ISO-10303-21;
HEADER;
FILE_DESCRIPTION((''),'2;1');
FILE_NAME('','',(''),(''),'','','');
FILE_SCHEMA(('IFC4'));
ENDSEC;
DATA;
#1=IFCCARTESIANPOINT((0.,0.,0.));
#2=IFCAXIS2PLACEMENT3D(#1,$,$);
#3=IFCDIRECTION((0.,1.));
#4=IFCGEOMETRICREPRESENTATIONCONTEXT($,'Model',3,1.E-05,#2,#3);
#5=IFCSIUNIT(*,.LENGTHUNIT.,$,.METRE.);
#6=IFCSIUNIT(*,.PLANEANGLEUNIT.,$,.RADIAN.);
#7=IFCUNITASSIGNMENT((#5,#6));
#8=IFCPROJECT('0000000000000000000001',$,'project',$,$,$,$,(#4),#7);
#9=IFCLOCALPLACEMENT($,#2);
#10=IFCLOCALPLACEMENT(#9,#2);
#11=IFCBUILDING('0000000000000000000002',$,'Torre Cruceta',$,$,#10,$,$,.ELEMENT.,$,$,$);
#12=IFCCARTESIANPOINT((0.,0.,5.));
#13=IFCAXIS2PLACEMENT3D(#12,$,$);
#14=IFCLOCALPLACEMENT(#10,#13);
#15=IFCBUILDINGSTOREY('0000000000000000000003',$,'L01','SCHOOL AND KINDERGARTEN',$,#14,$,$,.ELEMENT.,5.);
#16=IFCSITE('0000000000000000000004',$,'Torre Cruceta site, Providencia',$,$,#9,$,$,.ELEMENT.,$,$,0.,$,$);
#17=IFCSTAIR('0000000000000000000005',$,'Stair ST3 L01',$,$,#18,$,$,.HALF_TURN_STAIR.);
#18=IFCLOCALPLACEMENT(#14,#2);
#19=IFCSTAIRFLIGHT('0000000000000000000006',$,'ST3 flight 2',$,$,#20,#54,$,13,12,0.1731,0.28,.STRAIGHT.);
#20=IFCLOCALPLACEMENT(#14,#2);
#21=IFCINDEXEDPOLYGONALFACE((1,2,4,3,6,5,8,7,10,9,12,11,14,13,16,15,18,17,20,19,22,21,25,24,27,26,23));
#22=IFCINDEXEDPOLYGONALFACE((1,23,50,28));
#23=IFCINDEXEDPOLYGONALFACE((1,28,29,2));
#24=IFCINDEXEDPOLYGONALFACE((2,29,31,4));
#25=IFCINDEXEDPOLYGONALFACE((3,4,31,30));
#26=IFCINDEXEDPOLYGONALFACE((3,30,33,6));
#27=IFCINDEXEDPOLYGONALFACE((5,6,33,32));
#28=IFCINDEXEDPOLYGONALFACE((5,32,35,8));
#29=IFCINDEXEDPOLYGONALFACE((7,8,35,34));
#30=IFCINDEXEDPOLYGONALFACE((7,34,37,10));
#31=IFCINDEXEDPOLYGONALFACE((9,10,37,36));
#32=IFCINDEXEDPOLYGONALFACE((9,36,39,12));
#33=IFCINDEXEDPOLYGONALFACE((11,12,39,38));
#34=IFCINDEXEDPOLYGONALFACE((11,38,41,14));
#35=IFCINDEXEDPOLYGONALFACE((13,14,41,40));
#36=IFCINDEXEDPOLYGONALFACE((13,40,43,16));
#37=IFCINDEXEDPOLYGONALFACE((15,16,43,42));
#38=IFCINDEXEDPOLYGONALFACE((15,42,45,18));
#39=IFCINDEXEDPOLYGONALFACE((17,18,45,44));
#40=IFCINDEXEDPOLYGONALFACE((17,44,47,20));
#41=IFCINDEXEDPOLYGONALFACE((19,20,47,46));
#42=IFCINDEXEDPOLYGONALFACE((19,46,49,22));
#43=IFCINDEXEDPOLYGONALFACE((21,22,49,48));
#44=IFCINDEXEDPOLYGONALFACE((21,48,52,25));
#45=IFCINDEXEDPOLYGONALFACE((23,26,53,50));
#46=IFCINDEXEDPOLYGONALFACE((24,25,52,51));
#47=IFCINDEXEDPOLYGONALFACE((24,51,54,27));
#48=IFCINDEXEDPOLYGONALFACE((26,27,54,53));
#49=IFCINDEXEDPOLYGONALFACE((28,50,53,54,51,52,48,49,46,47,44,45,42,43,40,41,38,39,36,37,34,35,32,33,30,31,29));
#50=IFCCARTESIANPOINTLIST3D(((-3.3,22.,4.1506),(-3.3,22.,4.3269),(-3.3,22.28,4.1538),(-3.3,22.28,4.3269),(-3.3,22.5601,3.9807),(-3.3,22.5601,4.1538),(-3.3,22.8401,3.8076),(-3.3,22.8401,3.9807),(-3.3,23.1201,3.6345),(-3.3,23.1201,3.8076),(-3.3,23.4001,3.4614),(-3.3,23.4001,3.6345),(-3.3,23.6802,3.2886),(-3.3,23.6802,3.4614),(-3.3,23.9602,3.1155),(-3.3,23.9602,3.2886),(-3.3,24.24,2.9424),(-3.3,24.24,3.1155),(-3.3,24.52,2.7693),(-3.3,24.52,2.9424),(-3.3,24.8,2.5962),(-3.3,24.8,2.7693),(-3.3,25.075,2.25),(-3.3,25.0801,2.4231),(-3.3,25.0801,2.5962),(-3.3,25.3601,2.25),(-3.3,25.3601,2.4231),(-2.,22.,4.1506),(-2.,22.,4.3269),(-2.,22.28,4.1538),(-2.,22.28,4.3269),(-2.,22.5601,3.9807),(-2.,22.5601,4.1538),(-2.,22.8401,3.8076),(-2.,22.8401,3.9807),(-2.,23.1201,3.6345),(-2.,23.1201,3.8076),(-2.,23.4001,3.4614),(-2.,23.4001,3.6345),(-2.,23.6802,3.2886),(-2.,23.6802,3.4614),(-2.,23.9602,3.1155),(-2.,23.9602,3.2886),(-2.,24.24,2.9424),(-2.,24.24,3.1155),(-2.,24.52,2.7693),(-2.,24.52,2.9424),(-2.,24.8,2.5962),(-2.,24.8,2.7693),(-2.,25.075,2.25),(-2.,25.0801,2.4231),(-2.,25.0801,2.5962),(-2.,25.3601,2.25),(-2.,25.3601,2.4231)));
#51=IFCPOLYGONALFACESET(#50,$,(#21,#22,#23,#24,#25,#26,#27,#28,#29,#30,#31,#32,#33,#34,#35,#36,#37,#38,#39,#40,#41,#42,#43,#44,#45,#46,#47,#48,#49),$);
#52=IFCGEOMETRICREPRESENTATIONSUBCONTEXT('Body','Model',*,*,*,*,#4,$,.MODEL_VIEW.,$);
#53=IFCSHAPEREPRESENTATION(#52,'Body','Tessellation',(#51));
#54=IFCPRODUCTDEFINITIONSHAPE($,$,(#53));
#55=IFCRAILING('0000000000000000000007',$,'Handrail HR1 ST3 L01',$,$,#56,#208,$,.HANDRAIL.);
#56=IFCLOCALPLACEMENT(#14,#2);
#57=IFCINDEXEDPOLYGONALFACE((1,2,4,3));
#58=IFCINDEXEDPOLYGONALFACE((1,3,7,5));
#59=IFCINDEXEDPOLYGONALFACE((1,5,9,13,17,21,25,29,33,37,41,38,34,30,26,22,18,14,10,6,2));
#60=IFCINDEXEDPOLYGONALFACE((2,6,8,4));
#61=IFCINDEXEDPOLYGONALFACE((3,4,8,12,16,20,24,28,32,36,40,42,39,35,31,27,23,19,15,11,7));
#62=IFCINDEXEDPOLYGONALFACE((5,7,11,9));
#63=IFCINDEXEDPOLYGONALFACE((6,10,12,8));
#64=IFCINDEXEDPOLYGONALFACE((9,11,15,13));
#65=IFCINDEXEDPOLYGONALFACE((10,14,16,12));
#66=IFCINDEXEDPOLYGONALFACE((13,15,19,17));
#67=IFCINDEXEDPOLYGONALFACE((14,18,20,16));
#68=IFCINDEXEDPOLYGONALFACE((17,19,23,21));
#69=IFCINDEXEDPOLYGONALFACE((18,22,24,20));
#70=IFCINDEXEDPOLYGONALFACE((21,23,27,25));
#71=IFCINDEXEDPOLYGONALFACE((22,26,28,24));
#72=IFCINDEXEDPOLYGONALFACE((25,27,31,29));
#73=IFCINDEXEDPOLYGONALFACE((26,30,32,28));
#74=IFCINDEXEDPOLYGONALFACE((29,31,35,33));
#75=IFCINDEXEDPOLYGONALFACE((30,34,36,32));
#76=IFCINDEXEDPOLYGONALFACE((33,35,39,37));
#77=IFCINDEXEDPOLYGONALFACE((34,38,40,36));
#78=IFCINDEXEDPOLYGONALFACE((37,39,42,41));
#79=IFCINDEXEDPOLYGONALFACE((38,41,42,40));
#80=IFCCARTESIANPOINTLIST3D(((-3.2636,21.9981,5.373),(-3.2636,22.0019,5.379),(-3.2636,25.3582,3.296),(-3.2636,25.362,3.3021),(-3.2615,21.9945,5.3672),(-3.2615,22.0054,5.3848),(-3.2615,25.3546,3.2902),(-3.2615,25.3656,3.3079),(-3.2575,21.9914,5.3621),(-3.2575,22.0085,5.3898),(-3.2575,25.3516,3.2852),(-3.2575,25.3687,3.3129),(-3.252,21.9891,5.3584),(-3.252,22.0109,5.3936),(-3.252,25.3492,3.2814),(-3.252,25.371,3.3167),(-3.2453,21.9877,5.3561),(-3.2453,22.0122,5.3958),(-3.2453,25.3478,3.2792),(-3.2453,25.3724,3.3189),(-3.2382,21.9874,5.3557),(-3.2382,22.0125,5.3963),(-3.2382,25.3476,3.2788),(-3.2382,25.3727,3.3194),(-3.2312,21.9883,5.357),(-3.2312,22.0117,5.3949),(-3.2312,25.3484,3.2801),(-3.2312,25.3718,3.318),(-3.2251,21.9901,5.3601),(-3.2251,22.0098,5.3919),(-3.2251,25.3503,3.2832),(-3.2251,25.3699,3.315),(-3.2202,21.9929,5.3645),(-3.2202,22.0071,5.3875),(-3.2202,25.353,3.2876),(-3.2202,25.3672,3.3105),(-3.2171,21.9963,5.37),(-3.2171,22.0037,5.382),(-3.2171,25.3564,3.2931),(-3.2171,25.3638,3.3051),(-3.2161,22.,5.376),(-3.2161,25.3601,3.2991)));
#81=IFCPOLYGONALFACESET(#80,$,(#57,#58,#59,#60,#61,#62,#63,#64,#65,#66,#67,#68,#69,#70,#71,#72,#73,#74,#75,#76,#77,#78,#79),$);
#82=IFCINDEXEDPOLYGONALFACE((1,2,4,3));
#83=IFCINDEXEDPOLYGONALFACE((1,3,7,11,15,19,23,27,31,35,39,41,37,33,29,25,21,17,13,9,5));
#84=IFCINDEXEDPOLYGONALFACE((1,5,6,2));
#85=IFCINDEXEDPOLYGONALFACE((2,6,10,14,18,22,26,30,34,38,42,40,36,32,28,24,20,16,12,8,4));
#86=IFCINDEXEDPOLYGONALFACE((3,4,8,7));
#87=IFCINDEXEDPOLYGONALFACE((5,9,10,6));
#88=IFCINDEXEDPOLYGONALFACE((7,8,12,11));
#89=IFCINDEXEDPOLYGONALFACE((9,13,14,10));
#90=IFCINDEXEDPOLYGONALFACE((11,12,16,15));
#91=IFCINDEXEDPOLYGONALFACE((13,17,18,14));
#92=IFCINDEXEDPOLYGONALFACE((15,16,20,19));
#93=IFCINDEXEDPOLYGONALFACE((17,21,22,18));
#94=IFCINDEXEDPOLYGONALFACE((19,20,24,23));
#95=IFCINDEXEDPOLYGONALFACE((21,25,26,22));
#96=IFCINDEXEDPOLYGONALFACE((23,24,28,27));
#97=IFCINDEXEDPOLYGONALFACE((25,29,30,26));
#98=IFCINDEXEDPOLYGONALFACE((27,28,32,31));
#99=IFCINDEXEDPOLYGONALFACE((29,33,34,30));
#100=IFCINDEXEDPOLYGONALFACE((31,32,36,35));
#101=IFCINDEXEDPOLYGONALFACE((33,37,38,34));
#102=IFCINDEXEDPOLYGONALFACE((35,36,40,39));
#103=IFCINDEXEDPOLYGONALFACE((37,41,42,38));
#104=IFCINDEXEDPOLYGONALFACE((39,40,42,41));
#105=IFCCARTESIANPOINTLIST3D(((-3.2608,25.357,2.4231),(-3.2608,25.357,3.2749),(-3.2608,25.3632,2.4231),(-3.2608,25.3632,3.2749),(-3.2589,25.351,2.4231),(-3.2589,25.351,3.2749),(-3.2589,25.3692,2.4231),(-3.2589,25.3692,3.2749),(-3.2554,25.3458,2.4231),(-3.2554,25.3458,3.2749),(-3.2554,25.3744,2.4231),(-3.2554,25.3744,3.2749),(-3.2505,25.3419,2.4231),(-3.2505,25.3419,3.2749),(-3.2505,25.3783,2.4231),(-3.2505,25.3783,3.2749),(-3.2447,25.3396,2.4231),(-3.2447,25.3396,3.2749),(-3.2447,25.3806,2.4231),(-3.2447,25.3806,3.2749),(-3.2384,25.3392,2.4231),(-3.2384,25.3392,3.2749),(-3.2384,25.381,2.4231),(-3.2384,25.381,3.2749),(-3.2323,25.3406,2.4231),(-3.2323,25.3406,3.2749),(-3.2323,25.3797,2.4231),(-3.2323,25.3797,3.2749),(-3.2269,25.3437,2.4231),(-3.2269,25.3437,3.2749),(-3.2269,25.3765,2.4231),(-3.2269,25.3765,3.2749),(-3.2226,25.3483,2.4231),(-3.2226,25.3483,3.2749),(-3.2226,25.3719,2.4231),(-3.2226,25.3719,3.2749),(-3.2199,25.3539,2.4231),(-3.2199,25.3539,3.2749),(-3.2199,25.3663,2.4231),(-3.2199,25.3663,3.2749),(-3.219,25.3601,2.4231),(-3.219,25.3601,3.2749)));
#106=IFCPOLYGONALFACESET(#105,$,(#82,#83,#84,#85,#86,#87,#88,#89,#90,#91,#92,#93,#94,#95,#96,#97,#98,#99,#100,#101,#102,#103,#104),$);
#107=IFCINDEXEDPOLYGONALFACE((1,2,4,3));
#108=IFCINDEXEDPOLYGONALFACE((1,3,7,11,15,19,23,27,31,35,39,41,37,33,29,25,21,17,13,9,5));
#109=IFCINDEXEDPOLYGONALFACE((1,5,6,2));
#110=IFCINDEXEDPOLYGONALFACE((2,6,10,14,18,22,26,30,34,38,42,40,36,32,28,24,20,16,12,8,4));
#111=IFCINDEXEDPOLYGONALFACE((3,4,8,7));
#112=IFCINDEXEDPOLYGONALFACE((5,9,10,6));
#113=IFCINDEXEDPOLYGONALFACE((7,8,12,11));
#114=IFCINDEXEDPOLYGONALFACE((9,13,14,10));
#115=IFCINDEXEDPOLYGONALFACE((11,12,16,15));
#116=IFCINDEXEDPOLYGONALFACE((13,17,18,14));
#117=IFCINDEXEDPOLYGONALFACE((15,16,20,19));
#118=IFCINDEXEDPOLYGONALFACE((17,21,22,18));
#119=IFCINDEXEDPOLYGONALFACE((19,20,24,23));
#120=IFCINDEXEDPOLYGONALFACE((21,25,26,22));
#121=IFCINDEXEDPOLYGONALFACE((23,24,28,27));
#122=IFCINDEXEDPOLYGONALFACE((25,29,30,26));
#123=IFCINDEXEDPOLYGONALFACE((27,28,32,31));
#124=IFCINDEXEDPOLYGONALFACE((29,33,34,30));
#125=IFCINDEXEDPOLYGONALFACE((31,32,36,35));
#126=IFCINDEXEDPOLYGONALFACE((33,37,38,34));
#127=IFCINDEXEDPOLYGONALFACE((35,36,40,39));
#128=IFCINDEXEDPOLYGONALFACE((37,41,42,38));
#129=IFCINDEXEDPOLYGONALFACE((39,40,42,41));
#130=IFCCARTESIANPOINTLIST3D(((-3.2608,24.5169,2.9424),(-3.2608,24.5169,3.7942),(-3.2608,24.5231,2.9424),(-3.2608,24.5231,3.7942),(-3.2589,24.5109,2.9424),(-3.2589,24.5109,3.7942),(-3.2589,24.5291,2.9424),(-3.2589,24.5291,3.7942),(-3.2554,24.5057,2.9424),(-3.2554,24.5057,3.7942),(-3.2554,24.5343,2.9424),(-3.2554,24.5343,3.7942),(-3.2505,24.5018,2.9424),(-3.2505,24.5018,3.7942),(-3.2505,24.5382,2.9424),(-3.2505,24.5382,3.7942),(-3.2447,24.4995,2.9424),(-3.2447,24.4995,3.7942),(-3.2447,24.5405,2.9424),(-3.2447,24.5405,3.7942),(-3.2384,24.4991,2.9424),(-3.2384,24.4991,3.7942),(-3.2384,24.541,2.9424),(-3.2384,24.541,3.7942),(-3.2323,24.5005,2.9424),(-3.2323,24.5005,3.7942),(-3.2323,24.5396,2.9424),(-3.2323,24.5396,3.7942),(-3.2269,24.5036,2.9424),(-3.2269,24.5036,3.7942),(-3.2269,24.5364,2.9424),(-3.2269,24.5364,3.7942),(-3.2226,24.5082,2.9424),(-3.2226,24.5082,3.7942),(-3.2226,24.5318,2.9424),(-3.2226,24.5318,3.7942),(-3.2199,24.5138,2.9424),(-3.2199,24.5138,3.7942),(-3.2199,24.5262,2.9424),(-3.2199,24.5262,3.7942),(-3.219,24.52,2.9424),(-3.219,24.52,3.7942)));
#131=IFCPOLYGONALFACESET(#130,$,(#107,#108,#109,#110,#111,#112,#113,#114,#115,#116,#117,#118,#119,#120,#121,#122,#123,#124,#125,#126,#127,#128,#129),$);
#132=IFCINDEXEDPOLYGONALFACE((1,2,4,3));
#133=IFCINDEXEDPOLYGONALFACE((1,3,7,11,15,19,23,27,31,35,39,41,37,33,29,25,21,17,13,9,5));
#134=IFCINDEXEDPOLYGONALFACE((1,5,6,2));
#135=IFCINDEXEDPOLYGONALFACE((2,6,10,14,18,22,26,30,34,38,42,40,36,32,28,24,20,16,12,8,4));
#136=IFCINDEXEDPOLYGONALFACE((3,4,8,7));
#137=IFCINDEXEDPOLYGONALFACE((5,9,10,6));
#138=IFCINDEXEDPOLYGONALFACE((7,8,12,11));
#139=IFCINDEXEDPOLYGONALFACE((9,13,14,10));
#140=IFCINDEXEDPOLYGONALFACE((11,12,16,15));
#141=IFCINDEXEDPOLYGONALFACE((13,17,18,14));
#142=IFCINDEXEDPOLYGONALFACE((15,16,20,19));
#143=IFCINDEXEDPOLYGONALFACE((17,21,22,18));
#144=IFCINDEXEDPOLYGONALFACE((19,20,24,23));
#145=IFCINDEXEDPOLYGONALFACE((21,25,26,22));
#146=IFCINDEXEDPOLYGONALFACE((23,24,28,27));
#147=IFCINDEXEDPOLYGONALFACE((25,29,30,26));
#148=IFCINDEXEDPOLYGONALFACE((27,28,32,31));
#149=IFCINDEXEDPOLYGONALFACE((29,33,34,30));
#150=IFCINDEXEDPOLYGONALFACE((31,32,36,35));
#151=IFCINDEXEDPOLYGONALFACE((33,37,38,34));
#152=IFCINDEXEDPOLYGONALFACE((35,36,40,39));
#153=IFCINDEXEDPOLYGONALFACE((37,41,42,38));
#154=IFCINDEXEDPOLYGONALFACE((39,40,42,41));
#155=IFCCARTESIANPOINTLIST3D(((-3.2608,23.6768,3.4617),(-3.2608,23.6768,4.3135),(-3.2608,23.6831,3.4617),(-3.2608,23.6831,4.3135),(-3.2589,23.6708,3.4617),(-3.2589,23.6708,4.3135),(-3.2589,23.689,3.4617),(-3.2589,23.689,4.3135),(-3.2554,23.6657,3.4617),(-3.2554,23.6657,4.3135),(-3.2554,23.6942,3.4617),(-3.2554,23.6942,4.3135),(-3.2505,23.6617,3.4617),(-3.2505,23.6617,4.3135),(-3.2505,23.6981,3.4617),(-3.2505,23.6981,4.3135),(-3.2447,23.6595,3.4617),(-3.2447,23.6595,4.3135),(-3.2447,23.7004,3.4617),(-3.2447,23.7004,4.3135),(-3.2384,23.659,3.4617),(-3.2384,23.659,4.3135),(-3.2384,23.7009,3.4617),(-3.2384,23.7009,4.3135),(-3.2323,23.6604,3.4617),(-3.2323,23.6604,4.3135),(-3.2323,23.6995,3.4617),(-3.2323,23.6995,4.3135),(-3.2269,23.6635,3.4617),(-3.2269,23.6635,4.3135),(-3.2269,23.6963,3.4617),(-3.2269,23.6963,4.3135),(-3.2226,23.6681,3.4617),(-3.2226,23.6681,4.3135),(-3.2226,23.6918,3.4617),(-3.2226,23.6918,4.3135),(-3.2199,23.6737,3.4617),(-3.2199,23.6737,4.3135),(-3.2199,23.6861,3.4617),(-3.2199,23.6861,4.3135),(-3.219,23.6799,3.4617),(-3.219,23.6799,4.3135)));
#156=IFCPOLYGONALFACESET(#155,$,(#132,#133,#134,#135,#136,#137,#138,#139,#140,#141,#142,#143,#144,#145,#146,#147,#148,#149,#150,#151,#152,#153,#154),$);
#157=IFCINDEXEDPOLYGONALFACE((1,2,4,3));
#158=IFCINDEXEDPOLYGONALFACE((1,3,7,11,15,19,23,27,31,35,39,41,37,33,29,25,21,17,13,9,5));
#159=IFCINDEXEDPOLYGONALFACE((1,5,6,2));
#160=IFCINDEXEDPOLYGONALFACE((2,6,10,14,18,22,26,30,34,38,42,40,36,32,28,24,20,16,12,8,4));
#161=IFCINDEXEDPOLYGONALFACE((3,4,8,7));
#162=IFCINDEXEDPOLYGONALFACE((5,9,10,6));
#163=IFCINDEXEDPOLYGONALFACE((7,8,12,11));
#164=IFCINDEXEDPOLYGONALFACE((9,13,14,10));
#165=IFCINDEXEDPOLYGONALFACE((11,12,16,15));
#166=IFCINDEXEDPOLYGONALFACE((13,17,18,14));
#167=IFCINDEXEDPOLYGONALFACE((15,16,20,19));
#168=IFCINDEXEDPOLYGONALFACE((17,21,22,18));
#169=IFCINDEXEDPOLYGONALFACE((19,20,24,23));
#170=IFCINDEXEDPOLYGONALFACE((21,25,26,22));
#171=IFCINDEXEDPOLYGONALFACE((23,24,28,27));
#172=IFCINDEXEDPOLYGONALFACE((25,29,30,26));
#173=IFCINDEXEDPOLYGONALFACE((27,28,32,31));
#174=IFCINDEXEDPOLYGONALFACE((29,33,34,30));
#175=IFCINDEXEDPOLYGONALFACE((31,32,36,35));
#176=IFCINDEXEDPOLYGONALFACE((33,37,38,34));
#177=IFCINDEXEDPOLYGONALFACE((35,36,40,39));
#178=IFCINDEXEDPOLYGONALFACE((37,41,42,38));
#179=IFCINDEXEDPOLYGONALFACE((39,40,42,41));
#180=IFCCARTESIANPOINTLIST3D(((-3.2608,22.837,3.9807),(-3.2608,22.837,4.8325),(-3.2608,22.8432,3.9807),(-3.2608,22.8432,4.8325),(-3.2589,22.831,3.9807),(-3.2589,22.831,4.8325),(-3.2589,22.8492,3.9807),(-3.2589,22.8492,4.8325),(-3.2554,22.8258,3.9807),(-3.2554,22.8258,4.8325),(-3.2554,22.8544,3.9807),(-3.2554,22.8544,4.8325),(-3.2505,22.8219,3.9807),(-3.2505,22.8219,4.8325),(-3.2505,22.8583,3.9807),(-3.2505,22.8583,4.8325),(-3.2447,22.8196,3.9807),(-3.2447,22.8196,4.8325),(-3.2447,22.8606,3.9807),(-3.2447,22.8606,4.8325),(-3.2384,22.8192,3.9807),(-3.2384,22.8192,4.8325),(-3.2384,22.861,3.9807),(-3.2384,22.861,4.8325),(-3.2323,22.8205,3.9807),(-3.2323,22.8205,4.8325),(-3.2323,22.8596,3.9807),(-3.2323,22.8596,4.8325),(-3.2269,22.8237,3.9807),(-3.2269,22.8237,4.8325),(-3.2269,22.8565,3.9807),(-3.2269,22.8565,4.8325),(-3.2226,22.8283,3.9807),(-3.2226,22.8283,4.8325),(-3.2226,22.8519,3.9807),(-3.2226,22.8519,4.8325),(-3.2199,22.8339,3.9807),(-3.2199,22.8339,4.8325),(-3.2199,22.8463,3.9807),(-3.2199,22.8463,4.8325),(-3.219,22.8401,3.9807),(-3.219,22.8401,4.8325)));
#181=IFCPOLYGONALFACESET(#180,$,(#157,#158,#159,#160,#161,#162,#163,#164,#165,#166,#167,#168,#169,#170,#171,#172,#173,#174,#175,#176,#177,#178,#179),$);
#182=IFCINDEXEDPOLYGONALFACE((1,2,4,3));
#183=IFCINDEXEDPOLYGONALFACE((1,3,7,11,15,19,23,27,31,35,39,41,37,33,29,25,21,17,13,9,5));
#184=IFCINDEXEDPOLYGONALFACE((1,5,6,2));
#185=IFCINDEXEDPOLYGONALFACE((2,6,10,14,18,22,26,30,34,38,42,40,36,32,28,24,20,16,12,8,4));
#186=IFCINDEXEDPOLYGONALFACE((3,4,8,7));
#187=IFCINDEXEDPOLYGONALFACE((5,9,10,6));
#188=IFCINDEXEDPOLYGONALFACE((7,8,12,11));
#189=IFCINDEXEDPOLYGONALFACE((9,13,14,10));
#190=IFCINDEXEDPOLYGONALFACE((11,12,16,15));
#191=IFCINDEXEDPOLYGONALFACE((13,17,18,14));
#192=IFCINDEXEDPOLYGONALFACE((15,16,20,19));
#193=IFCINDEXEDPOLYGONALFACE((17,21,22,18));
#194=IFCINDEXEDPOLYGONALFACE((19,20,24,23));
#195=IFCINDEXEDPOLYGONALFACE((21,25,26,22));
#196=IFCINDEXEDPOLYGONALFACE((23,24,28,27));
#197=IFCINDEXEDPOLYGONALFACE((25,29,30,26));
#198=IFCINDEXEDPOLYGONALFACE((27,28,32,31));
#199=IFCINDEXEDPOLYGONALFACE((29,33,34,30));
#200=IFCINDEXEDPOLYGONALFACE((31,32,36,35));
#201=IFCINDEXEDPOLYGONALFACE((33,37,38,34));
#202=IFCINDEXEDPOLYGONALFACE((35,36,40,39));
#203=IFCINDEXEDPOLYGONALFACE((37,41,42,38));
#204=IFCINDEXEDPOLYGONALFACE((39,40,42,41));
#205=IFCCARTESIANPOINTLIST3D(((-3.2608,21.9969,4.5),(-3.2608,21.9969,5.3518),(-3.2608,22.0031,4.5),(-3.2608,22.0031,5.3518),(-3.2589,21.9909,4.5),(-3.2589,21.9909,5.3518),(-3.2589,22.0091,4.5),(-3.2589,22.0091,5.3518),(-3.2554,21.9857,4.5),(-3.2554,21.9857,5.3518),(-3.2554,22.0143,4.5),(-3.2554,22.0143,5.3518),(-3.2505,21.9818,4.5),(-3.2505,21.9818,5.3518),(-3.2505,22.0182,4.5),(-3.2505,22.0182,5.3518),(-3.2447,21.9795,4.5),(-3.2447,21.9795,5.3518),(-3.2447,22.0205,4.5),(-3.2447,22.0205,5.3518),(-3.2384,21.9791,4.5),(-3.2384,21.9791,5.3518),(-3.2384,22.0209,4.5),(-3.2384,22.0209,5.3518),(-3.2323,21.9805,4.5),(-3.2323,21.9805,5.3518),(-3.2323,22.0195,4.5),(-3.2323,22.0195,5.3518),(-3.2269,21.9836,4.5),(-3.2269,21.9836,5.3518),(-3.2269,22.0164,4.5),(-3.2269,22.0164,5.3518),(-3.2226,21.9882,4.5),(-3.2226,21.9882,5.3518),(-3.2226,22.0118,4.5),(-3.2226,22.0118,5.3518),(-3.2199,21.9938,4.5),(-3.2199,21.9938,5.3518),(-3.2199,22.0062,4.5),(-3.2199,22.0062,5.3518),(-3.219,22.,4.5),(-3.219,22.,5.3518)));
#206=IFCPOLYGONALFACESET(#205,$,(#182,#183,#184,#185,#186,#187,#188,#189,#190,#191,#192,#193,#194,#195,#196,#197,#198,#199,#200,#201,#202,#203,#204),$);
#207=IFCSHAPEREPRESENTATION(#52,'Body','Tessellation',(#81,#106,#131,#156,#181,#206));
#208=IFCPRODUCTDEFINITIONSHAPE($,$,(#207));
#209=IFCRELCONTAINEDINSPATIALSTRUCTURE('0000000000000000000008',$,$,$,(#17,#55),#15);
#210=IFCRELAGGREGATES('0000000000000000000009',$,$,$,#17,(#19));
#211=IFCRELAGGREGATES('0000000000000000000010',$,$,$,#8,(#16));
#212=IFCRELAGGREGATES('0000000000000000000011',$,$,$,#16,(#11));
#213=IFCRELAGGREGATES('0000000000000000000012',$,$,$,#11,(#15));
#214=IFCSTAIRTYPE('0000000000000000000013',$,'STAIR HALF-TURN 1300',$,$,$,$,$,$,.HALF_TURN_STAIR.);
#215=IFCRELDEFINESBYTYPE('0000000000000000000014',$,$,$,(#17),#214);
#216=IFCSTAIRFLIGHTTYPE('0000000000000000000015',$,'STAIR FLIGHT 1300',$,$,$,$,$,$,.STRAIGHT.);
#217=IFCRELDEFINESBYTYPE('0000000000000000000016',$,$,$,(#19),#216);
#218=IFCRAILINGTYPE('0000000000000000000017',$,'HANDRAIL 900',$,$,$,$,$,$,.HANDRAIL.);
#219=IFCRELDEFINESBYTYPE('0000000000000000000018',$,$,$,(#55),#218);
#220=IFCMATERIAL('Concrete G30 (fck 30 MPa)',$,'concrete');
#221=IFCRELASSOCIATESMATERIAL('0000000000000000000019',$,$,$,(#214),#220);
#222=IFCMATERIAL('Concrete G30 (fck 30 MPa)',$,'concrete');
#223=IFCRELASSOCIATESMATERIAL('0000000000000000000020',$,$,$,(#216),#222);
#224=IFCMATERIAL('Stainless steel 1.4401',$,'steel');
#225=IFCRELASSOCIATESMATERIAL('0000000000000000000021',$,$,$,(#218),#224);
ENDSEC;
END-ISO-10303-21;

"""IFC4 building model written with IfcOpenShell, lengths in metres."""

from ifc_helpers import new_model, si_unit, direction, frame, origin, origin_2d, place, context, subcontext, project, spatial, polyline, circle, outline, extrude, material, type_object, element, aggregate, save


model = new_model("IFC4")

# Units and contexts
model_context = context("Model", 3, precision=1e-05, world=origin(), true_north=direction((0.0, 1.0)))
body_context = subcontext(model_context, "Body", "Model", "MODEL_VIEW")
ifc_project = project(units=[si_unit("LENGTHUNIT", "METRE"), si_unit("PLANEANGLEUNIT", "RADIAN")], contexts=[model_context])

# Site, building, storey
site_placement = place(None, origin())
site = spatial("IfcSite", under=ifc_project, at=site_placement, Name="Torre Cruceta site, Providencia", CompositionType="ELEMENT", RefElevation=0.0)
building_placement = place(site_placement, origin())
building = spatial("IfcBuilding", under=site, at=building_placement, Name="Torre Cruceta", CompositionType="ELEMENT")
storey_placement = place(building_placement, frame((0.0, 0.0, 5.0)))
storey = spatial("IfcBuildingStorey", under=building, at=storey_placement, Name="L01", Description="SCHOOL AND KINDERGARTEN", CompositionType="ELEMENT", Elevation=5.0)

# Stair, stair flight
ifc_material_1 = material(Name="Concrete G30 (fck 30 MPa)", Category="concrete")
stair_type = type_object("IfcStairType", Name="STAIR HALF-TURN 1300", PredefinedType="HALF_TURN_STAIR", material=ifc_material_1)
stair_placement = place(storey_placement, origin())
stair = element("IfcStair", 1, at=stair_placement, inside=storey, type_object=stair_type, Name="Stair ST3 L01", PredefinedType="HALF_TURN_STAIR")
ifc_material_2 = material(Name="Concrete G30 (fck 30 MPa)", Category="concrete")
stair_flight_type = type_object("IfcStairFlightType", Name="STAIR FLIGHT 1300", PredefinedType="STRAIGHT", material=ifc_material_2)
stair_flight_1_placement = place(storey_placement, frame((-2.6499, 25.3601, 2.25), z_axis=(0.0, 0.0, 1.0), x_axis=(0.0, -1.0, 0.0)))
stair_flight_1 = element("IfcStairFlight", 2, at=stair_flight_1_placement, type_object=stair_flight_type, Name="ST3 flight 2", NumberOfRisers=13, NumberOfTreads=12, PredefinedType="STRAIGHT", RiserHeight=0.1731, TreadLength=0.28, context=body_context, shape_type="SweptSolid", body=[
    extrude(outline(polyline([(0.0, 0.0), (0.0, 0.1731), (0.28, 0.1731), (0.28, 0.3462), (0.5601, 0.3462), (0.5601, 0.5193), (0.8401, 0.5193), (0.8401, 0.6924), (1.1201, 0.6924), (1.1201, 0.8655), (1.3999, 0.8655), (1.3999, 1.0386), (1.6799, 1.0386), (1.6799, 1.2114), (1.96, 1.2114), (1.96, 1.3845), (2.24, 1.3845), (2.24, 1.5576), (2.52, 1.5576), (2.52, 1.7307), (2.8, 1.7307), (2.8, 1.9038), (3.0801, 1.9038), (3.0801, 2.0769), (3.3601, 2.0769), (3.3601, 2.25), (3.3601, 1.9006), (0.2852, 0.0), (0.0, 0.0)])), frame((0.0, 0.6499, 0.0), z_axis=(0.0, -1.0, 0.0), x_axis=(1.0, 0.0, 0.0)), (0.0, 0.0, 1.0), 1.3),
])
aggregate(stair, [stair_flight_1])

# Railing
ifc_material_3 = material(Name="Stainless steel 1.4401", Category="steel")
railing_type_1 = type_object("IfcRailingType", Name="HANDRAIL 900", PredefinedType="HANDRAIL", material=ifc_material_3)
railing_1_placement = place(storey_placement, frame((-3.24, 25.3601, 2.4231)))
element("IfcRailing", 3, at=railing_1_placement, inside=storey, type_object=railing_type_1, Name="Handrail HR1 ST3 L01", PredefinedType="HANDRAIL", context=body_context, shape_type="SweptSolid", body=[
    extrude(circle(Radius=0.0239, at=origin_2d()), frame((0.0, 0.0, 0.876), z_axis=(0.0, -0.850623, 0.525776), x_axis=(1.0, 0.0, 0.0)), (0.0, 0.0, 1.0), 3.9502),
    extrude(circle(Radius=0.021, at=origin_2d()), origin(), (0.0, 0.0, 1.0), 0.8518),
    extrude(circle(Radius=0.021, at=origin_2d()), frame((0.0, -0.8401, 0.5193)), (0.0, 0.0, 1.0), 0.8518),
    extrude(circle(Radius=0.021, at=origin_2d()), frame((0.0, -1.6802, 1.0386)), (0.0, 0.0, 1.0), 0.8518),
    extrude(circle(Radius=0.021, at=origin_2d()), frame((0.0, -2.52, 1.5576)), (0.0, 0.0, 1.0), 0.8518),
    extrude(circle(Radius=0.021, at=origin_2d()), frame((0.0, -3.3601, 2.0769)), (0.0, 0.0, 1.0), 0.8518),
])

save(model, "model.ifc")
